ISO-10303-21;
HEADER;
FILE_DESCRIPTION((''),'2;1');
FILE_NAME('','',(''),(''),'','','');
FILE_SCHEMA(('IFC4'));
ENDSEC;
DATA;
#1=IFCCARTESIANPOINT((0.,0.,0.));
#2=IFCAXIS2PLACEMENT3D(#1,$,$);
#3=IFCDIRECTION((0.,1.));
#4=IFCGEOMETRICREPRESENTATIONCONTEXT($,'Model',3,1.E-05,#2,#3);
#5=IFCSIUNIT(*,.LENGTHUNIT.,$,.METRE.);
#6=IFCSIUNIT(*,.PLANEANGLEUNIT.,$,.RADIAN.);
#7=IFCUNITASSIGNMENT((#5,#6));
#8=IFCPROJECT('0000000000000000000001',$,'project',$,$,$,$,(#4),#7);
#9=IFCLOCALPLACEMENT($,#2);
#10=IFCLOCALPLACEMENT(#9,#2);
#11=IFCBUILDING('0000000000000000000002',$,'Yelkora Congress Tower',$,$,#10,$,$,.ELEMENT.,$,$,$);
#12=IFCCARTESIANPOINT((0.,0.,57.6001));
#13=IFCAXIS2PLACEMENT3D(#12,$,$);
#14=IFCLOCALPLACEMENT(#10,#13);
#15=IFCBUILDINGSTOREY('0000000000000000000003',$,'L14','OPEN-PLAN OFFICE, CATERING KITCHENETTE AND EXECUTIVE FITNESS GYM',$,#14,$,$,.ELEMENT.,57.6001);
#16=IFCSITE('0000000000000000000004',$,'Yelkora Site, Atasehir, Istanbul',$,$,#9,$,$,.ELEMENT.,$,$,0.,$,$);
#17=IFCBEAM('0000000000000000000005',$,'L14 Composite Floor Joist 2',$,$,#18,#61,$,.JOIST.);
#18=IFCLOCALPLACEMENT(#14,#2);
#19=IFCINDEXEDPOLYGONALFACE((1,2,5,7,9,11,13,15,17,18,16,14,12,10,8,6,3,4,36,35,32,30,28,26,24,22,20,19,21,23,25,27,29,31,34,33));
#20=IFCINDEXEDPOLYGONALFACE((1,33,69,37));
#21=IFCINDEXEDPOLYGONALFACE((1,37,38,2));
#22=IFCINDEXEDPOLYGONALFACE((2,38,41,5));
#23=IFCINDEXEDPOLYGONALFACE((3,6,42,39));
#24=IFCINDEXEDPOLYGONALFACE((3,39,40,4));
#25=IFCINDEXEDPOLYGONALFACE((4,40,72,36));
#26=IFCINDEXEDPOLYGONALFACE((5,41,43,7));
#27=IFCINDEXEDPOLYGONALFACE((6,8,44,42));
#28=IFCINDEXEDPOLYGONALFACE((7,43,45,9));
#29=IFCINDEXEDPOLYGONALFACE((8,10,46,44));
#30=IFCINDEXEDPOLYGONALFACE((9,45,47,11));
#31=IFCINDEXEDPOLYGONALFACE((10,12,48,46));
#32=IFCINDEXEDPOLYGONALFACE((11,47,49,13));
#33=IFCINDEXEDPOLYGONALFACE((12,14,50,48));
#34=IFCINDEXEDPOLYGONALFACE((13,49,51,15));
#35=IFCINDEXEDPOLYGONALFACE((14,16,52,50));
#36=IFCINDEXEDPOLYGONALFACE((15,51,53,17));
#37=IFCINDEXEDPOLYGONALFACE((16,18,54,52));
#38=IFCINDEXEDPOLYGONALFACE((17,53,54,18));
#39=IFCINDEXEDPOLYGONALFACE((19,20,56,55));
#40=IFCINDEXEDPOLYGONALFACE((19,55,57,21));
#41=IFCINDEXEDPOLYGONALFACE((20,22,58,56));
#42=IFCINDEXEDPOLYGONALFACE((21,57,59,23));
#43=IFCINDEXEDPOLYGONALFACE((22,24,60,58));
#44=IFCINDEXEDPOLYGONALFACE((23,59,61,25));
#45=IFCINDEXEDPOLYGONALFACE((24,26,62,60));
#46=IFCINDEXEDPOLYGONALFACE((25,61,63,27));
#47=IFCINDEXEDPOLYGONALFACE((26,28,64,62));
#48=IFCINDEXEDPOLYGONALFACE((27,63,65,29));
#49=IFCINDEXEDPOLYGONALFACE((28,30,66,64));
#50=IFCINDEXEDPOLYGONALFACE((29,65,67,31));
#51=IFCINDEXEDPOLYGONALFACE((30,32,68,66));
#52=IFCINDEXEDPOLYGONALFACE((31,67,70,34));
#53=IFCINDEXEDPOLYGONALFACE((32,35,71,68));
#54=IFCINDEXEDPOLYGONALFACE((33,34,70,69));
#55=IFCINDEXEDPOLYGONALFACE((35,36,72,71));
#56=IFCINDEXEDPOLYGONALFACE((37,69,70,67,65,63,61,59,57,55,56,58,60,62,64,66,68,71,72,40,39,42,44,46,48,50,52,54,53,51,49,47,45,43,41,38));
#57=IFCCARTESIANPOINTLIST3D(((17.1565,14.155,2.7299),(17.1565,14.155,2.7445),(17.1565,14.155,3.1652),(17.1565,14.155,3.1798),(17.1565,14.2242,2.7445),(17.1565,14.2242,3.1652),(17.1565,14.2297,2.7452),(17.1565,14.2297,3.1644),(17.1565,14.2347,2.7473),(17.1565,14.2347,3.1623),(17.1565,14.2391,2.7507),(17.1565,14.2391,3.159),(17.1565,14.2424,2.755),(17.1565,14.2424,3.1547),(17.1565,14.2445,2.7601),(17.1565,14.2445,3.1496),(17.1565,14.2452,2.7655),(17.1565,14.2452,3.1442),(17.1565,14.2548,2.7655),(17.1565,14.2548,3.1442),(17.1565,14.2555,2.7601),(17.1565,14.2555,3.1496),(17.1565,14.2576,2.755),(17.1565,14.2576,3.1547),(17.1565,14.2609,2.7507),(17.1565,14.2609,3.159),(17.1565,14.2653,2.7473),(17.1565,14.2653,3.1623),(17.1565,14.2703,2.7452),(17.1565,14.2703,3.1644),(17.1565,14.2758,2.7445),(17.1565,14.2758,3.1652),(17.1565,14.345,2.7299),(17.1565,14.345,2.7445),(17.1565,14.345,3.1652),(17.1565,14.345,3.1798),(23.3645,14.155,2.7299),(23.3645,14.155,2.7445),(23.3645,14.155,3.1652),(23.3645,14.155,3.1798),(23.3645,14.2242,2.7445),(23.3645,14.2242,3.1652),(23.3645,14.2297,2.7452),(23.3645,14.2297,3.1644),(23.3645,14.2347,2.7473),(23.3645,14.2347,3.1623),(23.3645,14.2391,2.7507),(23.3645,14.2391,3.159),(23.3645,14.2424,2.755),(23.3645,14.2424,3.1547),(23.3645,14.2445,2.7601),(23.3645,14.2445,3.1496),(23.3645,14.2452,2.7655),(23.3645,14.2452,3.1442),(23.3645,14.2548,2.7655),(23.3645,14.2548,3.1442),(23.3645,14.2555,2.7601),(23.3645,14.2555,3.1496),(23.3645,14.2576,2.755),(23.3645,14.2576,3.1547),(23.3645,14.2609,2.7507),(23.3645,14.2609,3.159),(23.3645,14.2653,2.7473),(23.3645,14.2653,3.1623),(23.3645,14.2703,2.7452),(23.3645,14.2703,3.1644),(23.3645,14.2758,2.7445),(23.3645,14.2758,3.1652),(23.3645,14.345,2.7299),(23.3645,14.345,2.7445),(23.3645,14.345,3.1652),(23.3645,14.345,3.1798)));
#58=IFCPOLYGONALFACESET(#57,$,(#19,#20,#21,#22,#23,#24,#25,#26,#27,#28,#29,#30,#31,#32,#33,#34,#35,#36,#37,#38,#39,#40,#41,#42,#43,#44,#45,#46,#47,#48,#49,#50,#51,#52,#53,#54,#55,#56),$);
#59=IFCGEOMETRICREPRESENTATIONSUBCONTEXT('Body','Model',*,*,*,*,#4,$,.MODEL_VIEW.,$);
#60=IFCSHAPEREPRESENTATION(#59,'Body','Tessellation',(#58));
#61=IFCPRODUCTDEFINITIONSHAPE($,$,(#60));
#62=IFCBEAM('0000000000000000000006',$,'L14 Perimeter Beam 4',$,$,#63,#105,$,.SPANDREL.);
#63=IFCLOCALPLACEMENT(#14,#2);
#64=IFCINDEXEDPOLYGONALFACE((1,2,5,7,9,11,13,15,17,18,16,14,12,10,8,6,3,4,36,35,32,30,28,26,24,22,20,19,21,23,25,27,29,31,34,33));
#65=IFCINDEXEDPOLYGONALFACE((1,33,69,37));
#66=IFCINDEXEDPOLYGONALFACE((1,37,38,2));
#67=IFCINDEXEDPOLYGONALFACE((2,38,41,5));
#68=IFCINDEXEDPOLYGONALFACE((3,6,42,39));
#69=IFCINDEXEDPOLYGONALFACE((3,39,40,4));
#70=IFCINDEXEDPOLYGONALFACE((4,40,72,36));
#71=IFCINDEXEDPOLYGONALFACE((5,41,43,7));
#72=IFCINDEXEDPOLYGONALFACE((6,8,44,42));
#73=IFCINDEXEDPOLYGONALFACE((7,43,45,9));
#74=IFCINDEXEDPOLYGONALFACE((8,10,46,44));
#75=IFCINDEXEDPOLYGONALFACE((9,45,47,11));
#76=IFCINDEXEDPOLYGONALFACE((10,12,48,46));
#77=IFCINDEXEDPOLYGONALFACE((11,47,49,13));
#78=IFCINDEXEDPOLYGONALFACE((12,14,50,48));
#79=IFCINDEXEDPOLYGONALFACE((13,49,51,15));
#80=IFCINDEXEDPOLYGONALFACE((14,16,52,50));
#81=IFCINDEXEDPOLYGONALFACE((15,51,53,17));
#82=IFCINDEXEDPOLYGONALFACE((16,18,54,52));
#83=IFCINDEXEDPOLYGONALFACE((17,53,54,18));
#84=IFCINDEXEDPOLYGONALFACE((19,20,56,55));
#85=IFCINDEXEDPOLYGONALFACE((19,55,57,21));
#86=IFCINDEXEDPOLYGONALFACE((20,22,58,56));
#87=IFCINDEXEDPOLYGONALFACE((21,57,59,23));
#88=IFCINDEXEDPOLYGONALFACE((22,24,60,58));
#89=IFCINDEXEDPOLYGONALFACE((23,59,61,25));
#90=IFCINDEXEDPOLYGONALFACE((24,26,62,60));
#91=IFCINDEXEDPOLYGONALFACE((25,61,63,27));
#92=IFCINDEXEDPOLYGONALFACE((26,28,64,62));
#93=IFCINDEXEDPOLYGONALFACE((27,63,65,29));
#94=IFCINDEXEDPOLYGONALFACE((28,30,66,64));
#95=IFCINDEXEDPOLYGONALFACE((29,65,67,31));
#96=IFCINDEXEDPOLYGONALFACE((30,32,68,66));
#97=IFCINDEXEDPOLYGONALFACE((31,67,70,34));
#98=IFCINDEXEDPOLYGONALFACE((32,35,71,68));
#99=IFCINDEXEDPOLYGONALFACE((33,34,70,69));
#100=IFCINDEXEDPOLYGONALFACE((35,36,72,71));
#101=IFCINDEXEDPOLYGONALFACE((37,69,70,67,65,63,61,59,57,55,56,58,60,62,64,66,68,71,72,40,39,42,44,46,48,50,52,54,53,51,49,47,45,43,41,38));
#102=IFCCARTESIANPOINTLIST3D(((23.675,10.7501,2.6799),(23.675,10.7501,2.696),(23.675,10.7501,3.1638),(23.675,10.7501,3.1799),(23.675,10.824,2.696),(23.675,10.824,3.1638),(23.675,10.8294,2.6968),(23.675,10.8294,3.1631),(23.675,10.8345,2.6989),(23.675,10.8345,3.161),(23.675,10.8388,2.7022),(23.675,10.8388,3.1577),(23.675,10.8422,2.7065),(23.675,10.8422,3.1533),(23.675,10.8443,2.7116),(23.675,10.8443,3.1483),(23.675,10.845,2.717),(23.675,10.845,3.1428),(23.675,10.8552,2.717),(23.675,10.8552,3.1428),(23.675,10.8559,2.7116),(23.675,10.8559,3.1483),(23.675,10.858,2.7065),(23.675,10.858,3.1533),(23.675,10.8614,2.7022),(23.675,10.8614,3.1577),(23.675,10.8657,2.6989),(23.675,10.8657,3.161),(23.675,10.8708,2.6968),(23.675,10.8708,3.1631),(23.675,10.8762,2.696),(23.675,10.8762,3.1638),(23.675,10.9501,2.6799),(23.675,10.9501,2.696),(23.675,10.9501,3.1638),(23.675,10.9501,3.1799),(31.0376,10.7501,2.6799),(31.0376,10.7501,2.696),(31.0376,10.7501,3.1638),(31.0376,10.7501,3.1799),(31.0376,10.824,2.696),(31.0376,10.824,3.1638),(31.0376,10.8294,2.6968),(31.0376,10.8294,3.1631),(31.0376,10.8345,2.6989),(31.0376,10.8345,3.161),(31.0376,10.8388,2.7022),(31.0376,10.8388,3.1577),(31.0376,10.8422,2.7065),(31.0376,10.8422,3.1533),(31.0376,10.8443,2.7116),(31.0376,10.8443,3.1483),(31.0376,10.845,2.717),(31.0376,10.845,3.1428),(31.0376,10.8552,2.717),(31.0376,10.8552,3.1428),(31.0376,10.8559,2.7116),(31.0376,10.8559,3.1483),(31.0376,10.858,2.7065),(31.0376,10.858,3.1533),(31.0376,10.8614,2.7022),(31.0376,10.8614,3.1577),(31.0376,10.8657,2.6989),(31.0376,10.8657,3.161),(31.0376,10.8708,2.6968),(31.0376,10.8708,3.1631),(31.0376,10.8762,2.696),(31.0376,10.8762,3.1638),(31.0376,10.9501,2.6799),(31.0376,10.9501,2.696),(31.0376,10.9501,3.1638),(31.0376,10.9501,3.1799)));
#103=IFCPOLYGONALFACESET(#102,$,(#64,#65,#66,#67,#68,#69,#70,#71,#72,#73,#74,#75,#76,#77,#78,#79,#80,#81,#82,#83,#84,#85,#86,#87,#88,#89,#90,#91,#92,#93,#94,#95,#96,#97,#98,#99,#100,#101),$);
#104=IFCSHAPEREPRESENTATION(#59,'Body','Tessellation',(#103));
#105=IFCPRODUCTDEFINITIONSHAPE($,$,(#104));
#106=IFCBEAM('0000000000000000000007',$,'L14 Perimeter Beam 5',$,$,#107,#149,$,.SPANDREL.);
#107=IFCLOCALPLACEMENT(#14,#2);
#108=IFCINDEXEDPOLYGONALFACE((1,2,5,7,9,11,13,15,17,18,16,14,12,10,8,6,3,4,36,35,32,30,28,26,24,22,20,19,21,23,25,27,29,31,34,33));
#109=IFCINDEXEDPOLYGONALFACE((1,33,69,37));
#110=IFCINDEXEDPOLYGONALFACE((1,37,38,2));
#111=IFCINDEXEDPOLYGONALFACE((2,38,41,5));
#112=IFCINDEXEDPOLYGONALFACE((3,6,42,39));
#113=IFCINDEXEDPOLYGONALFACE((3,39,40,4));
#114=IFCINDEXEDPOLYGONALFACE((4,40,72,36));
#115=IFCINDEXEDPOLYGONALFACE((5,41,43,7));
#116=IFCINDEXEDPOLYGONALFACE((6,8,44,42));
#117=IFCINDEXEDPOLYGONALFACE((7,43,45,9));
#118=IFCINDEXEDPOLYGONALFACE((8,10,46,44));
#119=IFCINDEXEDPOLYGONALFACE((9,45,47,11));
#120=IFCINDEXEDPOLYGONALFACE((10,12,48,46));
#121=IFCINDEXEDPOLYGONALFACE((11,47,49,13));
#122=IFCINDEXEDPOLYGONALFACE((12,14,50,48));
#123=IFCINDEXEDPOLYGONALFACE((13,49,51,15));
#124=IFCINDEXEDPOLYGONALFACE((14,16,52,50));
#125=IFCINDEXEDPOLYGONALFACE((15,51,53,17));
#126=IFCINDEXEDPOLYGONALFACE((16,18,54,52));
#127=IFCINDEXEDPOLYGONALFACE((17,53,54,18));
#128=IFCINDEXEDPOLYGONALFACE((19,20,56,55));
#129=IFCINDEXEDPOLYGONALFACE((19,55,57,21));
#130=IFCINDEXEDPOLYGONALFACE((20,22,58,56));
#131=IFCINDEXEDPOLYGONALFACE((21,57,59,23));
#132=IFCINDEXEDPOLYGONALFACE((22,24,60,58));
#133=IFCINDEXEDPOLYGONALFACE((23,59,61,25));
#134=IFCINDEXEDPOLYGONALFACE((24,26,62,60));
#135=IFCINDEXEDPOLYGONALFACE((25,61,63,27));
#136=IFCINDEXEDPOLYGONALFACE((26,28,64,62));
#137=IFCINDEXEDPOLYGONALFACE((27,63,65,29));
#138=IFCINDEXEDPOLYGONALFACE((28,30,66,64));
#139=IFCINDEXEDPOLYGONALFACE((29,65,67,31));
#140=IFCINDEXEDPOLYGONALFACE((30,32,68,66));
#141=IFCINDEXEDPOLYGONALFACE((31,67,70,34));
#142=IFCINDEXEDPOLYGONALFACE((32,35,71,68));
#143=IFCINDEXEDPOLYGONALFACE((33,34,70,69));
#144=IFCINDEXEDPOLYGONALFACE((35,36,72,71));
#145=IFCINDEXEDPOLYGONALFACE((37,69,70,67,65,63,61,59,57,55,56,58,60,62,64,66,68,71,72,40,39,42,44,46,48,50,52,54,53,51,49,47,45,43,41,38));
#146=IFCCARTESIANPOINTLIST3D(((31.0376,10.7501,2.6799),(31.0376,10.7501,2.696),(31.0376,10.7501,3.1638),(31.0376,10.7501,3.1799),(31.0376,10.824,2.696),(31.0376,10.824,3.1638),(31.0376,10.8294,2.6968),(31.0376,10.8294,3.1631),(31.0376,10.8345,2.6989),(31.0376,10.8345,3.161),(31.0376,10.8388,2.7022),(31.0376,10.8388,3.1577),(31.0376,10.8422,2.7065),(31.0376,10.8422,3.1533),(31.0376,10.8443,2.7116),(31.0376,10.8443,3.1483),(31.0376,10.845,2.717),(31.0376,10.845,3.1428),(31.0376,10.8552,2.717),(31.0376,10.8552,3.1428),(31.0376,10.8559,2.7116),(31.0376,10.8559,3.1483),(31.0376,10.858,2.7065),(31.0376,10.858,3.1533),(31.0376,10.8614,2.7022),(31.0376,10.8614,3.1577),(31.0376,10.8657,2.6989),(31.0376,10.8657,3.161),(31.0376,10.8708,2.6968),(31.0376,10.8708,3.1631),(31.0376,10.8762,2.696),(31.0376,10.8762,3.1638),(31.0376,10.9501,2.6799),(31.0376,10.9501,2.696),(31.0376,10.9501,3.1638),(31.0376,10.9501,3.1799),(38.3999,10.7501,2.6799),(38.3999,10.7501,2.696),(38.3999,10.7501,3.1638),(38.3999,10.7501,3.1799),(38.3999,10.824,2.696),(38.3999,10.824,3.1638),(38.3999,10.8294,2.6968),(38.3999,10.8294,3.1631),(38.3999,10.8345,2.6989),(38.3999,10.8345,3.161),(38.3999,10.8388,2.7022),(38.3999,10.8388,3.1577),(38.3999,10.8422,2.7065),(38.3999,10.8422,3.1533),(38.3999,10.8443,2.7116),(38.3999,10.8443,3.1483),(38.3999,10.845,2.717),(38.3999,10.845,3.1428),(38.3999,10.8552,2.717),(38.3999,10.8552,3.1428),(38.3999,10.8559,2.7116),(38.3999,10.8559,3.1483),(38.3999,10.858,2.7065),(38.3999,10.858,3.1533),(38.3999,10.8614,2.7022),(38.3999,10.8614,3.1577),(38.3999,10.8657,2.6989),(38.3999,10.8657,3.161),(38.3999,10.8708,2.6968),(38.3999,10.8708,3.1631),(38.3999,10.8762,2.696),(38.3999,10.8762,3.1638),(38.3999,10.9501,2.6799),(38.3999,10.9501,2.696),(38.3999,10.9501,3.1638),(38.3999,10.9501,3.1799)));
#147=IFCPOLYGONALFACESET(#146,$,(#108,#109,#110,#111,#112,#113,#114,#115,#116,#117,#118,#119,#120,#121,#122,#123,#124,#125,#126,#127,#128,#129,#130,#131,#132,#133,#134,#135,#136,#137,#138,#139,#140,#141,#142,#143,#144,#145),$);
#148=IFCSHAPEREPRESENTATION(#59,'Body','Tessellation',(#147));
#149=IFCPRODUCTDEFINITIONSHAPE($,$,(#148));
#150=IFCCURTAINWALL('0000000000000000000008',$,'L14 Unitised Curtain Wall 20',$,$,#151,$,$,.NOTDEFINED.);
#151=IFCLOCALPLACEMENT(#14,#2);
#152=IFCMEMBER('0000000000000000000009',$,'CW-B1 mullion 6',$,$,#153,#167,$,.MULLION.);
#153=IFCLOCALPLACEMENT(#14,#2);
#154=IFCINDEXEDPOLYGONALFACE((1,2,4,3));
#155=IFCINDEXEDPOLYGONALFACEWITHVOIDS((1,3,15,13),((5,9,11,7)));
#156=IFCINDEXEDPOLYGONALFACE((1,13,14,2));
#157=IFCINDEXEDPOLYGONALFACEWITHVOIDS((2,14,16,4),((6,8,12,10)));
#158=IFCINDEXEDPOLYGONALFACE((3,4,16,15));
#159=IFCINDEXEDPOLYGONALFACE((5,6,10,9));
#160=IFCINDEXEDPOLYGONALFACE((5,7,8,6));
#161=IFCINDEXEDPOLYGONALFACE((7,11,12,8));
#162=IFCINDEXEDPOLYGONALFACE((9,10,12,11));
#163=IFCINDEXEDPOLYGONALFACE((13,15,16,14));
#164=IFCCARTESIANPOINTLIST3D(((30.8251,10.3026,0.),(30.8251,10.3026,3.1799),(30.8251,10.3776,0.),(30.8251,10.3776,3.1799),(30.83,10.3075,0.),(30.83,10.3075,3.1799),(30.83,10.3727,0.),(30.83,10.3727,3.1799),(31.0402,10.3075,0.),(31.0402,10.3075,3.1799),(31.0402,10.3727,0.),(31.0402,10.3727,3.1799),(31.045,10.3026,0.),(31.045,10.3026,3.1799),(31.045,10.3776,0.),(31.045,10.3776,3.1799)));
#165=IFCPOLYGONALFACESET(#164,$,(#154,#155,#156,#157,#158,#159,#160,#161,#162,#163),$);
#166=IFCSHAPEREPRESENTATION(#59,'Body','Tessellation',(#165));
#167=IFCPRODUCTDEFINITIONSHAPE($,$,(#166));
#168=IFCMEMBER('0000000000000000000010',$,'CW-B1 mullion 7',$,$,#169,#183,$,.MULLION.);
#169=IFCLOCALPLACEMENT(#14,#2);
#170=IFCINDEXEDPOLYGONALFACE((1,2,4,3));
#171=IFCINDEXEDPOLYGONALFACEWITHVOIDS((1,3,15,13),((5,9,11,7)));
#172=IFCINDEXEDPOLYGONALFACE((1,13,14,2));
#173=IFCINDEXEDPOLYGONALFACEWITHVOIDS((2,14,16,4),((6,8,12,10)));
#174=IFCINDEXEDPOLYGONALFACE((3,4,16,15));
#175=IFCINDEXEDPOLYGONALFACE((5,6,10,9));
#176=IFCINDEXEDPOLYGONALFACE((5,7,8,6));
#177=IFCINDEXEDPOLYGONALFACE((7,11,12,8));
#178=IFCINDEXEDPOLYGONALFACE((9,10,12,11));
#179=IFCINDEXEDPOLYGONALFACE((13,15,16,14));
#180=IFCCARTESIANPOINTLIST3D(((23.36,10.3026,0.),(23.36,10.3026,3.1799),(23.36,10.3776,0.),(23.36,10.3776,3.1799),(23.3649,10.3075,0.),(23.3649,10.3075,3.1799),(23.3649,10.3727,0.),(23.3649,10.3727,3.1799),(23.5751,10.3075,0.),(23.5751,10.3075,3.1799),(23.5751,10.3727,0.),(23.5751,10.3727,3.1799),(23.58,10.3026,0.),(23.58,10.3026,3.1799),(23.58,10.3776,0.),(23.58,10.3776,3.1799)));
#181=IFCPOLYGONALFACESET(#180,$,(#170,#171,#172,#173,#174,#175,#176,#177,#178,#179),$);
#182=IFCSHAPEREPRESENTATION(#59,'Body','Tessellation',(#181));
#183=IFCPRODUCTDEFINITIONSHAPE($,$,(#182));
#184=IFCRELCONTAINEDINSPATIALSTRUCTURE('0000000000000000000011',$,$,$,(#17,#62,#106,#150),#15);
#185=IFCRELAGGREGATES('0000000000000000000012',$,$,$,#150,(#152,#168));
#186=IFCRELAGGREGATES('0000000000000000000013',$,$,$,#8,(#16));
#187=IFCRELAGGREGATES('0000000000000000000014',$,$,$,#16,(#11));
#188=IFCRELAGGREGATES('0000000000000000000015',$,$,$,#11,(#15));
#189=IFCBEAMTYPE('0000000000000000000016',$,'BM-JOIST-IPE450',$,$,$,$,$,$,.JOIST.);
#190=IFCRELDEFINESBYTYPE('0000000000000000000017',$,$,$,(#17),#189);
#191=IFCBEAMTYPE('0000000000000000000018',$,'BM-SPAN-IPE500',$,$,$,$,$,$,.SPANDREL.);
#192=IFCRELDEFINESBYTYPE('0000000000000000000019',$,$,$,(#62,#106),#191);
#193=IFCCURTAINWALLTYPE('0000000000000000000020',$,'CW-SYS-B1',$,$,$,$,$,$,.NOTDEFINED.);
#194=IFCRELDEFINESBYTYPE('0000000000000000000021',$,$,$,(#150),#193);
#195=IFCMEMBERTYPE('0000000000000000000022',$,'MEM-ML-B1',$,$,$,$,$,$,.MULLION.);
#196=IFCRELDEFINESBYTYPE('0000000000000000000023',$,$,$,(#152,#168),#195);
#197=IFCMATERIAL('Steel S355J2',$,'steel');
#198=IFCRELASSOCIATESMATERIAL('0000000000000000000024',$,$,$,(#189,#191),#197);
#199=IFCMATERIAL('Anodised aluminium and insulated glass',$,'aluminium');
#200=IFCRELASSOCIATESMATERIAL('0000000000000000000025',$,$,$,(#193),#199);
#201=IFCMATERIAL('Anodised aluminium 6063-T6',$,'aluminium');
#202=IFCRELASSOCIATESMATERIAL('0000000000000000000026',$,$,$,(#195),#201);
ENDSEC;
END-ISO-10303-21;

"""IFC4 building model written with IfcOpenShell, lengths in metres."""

from ifc_helpers import new_model, si_unit, direction, frame, origin, origin_2d, place, context, subcontext, project, spatial, hollow_rectangle, i_section, extrude, material, material_profile, profile_set, type_object, element, aggregate, save


model = new_model("IFC4")

# Units and contexts
model_context = context("Model", 3, precision=1e-05, world=origin(), true_north=direction((0.0, 1.0)))
body_context = subcontext(model_context, "Body", "Model", "MODEL_VIEW")
ifc_project = project(units=[si_unit("LENGTHUNIT", "METRE"), si_unit("PLANEANGLEUNIT", "RADIAN")], contexts=[model_context])

# Site, building, storey
site_placement = place(None, origin())
site = spatial("IfcSite", under=ifc_project, at=site_placement, Name="Yelkora Site, Atasehir, Istanbul", CompositionType="ELEMENT", RefElevation=0.0)
building_placement = place(site_placement, origin())
building = spatial("IfcBuilding", under=site, at=building_placement, Name="Yelkora Congress Tower", CompositionType="ELEMENT")
storey_placement = place(building_placement, frame((0.0, 0.0, 57.6001)))
storey = spatial("IfcBuildingStorey", under=building, at=storey_placement, Name="L14", Description="OPEN-PLAN OFFICE, CATERING KITCHENETTE AND EXECUTIVE FITNESS GYM", CompositionType="ELEMENT", Elevation=57.6001)

# Beams
ifc_material_1 = material(Name="Steel S355J2", Category="steel")
ifc_material_profile_1 = material_profile(ifc_material_1, i_section(OverallWidth=0.1899, OverallDepth=0.45, WebThickness=0.0095, FlangeThickness=0.0146, FilletRadius=0.021, at=origin_2d()), Name="IPE 450")
ifc_profile_set_1 = profile_set([ifc_material_profile_1], Name="Steel S355J2")
beam_type_1 = type_object("IfcBeamType", Name="BM-JOIST-IPE450", PredefinedType="JOIST", material=ifc_profile_set_1)
beam_1_placement = place(storey_placement, frame((17.1565, 14.25, 2.9548), z_axis=(1.0, 0.0, 0.0), x_axis=(0.0, 1.0, 0.0)))
element("IfcBeam", 1, at=beam_1_placement, inside=storey, type_object=beam_type_1, Name="L14 Composite Floor Joist 2", PredefinedType="JOIST", context=body_context, shape_type="SweptSolid", body=[
    extrude(i_section(OverallWidth=0.1899, OverallDepth=0.45, WebThickness=0.0095, FlangeThickness=0.0146, FilletRadius=0.021, at=origin_2d()), origin(), (0.0, 0.0, 1.0), 6.208),
])
ifc_material_profile_2 = material_profile(ifc_material_1, i_section(OverallWidth=0.2, OverallDepth=0.5, WebThickness=0.0103, FlangeThickness=0.0161, FilletRadius=0.021, at=origin_2d()), Name="IPE 500")
ifc_profile_set_2 = profile_set([ifc_material_profile_2], Name="Steel S355J2")
beam_type_2 = type_object("IfcBeamType", Name="BM-SPAN-IPE500", PredefinedType="SPANDREL", material=ifc_profile_set_2)
beam_2_placement = place(storey_placement, frame((23.675, 10.8501, 2.9299), z_axis=(1.0, 0.0, 0.0), x_axis=(0.0, 1.0, 0.0)))
element("IfcBeam", 2, at=beam_2_placement, inside=storey, type_object=beam_type_2, Name="L14 Perimeter Beam 4", PredefinedType="SPANDREL", context=body_context, shape_type="SweptSolid", body=[
    extrude(i_section(OverallWidth=0.2, OverallDepth=0.5, WebThickness=0.0103, FlangeThickness=0.0161, FilletRadius=0.021, at=origin_2d()), origin(), (0.0, 0.0, 1.0), 7.3625),
])
beam_3_placement = place(storey_placement, frame((31.0376, 10.8501, 2.9299), z_axis=(1.0, 0.0, 0.0), x_axis=(0.0, 1.0, 0.0)))
element("IfcBeam", 3, at=beam_3_placement, inside=storey, type_object=beam_type_2, Name="L14 Perimeter Beam 5", PredefinedType="SPANDREL", context=body_context, shape_type="SweptSolid", body=[
    extrude(i_section(OverallWidth=0.2, OverallDepth=0.5, WebThickness=0.0103, FlangeThickness=0.0161, FilletRadius=0.021, at=origin_2d()), origin(), (0.0, 0.0, 1.0), 7.3623),
])

# Curtain wall, members
ifc_material_2 = material(Name="Anodised aluminium and insulated glass", Category="aluminium")
curtain_wall_type = type_object("IfcCurtainWallType", Name="CW-SYS-B1", PredefinedType="NOTDEFINED", material=ifc_material_2)
curtain_wall_placement = place(storey_placement, origin())
curtain_wall = element("IfcCurtainWall", 4, at=curtain_wall_placement, inside=storey, type_object=curtain_wall_type, Name="L14 Unitised Curtain Wall 20", PredefinedType="NOTDEFINED")
ifc_material_3 = material(Name="Anodised aluminium 6063-T6", Category="aluminium")
ifc_material_profile_3 = material_profile(ifc_material_3, hollow_rectangle(XDim=0.075, YDim=0.22, WallThickness=0.0049, at=origin_2d()), Name="ALU 75x220x5")
ifc_profile_set_3 = profile_set([ifc_material_profile_3], Name="Anodised aluminium 6063-T6")
member_type_1 = type_object("IfcMemberType", Name="MEM-ML-B1", PredefinedType="MULLION", material=ifc_profile_set_3)
member_1_placement = place(storey_placement, frame((30.9351, 10.3401, 0.0), z_axis=(0.0, 0.0, 1.0), x_axis=(0.0, -1.0, 0.0)))
member_1 = element("IfcMember", 5, at=member_1_placement, type_object=member_type_1, Name="CW-B1 mullion 6", PredefinedType="MULLION", context=body_context, shape_type="SweptSolid", body=[
    extrude(hollow_rectangle(XDim=0.075, YDim=0.22, WallThickness=0.0049, at=origin_2d()), origin(), (0.0, 0.0, 1.0), 3.1799),
])
member_2_placement = place(storey_placement, frame((23.47, 10.3401, 0.0), z_axis=(0.0, 0.0, 1.0), x_axis=(0.0, -1.0, 0.0)))
member_2 = element("IfcMember", 6, at=member_2_placement, type_object=member_type_1, Name="CW-B1 mullion 7", PredefinedType="MULLION", context=body_context, shape_type="SweptSolid", body=[
    extrude(hollow_rectangle(XDim=0.075, YDim=0.22, WallThickness=0.0049, at=origin_2d()), origin(), (0.0, 0.0, 1.0), 3.1799),
])
aggregate(curtain_wall, [member_1, member_2])

save(model, "model.ifc")
